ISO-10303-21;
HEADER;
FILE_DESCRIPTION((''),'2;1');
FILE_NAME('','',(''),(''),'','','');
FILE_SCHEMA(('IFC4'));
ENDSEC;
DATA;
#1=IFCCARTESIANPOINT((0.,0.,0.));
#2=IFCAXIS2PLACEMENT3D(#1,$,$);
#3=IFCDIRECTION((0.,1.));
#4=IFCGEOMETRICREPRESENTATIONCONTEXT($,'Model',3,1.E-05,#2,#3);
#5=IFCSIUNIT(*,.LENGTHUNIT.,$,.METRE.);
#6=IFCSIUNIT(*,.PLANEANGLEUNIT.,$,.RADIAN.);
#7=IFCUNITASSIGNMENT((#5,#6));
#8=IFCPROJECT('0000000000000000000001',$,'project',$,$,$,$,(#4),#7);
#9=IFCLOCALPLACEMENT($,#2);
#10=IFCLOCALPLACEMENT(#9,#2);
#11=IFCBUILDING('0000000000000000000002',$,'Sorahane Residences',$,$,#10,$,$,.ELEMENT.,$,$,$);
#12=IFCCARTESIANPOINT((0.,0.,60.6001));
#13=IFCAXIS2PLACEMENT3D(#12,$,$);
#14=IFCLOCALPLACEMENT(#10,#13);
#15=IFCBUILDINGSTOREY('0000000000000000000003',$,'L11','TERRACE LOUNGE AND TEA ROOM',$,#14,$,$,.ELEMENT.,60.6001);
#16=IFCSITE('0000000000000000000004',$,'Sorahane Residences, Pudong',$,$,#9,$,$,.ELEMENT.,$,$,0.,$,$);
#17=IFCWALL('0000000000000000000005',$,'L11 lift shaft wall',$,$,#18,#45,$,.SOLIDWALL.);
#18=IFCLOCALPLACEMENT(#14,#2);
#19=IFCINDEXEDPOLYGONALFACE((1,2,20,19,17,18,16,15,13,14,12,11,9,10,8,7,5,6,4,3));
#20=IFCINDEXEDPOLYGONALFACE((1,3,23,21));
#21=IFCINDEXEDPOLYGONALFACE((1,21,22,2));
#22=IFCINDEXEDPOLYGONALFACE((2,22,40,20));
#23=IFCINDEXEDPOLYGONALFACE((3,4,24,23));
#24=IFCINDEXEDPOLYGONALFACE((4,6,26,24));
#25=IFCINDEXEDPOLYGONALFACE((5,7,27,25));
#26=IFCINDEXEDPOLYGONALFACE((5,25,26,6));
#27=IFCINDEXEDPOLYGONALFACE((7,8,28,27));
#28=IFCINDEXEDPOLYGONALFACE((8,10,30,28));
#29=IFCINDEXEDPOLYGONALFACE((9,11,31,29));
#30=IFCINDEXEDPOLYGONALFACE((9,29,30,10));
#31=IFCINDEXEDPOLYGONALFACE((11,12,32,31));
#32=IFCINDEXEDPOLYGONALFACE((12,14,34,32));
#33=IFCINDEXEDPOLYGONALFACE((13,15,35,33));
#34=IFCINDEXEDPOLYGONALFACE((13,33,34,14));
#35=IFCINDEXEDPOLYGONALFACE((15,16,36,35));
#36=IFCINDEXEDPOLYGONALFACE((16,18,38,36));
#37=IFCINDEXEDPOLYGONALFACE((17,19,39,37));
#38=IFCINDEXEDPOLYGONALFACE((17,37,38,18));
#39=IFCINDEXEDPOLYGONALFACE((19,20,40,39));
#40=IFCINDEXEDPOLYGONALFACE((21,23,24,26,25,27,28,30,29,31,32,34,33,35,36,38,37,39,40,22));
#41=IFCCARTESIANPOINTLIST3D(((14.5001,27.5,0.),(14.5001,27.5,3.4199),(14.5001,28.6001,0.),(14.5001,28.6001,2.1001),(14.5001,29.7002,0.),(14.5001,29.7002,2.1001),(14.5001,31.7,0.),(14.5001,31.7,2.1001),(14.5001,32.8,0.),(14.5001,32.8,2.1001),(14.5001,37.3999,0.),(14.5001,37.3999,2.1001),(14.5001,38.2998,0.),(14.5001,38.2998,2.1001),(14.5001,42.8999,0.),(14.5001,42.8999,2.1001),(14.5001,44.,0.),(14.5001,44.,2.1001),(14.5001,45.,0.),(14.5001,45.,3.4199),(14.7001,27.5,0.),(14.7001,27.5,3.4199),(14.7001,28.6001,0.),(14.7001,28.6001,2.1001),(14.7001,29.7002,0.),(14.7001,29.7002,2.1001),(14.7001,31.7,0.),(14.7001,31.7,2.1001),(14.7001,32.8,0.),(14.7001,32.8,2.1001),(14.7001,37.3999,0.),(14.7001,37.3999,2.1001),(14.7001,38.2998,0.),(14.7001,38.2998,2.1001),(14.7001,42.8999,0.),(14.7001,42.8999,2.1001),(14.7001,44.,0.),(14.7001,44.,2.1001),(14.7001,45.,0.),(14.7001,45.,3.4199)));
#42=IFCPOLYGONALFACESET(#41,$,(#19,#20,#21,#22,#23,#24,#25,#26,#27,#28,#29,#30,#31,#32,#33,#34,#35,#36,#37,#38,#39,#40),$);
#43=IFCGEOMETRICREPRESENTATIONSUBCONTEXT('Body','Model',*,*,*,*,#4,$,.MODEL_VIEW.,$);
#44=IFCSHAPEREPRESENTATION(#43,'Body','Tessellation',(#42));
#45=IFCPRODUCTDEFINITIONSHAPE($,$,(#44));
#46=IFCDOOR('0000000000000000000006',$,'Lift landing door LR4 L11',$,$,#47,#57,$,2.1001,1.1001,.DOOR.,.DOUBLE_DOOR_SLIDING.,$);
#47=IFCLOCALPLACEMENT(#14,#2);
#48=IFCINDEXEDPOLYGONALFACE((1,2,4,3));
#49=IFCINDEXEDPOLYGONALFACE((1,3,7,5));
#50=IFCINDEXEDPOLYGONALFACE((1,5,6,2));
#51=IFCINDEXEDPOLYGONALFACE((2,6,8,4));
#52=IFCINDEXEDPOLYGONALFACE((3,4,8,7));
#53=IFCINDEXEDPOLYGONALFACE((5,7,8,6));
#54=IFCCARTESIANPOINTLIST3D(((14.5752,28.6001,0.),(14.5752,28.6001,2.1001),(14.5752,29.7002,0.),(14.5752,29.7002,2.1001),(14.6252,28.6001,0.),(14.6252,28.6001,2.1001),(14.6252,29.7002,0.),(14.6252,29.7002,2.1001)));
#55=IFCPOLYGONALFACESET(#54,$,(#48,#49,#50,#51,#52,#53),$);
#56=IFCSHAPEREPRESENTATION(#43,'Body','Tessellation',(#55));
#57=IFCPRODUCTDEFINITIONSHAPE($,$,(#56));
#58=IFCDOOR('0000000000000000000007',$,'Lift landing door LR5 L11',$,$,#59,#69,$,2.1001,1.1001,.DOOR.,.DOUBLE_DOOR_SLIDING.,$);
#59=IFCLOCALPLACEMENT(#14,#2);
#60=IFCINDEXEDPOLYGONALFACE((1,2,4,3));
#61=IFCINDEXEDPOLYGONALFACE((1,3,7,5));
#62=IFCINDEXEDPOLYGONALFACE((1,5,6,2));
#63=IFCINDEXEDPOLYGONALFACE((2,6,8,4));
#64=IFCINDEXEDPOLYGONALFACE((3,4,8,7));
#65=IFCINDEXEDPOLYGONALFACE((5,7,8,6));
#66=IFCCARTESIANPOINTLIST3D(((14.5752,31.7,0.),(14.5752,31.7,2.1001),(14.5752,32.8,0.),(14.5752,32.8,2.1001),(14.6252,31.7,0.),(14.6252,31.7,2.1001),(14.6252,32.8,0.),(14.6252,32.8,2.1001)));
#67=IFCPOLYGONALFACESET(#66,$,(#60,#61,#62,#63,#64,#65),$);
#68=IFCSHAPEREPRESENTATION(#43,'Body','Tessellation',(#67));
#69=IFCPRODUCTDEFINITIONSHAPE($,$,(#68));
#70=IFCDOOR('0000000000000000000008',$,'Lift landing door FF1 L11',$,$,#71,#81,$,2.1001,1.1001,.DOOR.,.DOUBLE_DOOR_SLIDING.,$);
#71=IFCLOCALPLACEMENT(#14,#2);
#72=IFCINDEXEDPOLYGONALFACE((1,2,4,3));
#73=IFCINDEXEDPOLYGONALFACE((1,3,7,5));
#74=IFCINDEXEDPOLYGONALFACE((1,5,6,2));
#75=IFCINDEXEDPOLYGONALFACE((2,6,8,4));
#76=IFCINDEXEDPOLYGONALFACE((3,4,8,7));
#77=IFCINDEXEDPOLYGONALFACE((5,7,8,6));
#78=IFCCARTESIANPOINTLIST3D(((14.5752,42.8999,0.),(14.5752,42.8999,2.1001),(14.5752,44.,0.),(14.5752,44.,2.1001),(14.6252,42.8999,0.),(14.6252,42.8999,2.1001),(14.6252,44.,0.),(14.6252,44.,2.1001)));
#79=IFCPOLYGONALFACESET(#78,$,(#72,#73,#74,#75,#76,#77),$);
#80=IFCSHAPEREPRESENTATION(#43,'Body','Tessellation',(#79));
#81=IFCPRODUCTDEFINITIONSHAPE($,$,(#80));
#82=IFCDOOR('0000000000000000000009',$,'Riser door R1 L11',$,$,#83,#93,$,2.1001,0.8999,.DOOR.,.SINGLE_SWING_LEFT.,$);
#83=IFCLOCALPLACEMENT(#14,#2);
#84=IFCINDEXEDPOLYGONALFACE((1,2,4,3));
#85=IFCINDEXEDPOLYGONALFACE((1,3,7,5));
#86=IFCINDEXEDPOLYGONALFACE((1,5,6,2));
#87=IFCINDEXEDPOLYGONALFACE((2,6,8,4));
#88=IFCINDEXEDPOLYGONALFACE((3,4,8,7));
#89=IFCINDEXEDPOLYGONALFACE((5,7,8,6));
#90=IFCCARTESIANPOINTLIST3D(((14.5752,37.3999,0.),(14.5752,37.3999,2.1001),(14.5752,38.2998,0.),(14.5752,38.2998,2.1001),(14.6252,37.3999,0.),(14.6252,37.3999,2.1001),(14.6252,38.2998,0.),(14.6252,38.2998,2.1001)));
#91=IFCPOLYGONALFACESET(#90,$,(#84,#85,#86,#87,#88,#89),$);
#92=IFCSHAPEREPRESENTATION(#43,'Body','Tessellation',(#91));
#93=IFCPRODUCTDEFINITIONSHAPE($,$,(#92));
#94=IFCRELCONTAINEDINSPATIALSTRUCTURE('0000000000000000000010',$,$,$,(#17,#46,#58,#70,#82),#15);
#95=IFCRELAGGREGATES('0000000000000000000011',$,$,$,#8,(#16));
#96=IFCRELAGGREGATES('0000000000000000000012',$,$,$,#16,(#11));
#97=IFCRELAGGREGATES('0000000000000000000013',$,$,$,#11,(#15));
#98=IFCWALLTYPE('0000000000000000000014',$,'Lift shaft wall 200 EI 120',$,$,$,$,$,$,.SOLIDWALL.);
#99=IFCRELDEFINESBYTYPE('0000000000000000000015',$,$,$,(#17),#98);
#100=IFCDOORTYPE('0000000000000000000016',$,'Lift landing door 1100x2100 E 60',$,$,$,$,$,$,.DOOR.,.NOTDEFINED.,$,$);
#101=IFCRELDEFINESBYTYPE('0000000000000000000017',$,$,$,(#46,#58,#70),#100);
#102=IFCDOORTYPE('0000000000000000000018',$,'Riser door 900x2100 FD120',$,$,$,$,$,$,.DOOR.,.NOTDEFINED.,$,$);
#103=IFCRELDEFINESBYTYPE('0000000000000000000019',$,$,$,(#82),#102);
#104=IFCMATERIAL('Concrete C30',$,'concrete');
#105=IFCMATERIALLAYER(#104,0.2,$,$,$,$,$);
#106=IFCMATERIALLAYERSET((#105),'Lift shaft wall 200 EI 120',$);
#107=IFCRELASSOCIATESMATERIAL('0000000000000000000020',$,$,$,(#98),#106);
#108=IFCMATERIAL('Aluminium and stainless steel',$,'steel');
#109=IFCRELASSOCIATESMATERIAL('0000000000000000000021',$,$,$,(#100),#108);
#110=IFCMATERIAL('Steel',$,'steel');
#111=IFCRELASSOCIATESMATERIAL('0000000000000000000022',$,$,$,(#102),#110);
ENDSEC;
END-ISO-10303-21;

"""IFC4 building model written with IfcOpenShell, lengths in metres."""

from ifc_helpers import new_model, si_unit, direction, frame, frame_2d, origin, place, context, subcontext, project, spatial, rectangle, extrude, material, layer, layer_set, type_object, element, fill, save


model = new_model("IFC4")

# Units and contexts
model_context = context("Model", 3, precision=1e-05, world=origin(), true_north=direction((0.0, 1.0)))
body_context = subcontext(model_context, "Body", "Model", "MODEL_VIEW")
ifc_project = project(units=[si_unit("LENGTHUNIT", "METRE"), si_unit("PLANEANGLEUNIT", "RADIAN")], contexts=[model_context])

# Site, building, storey
site_placement = place(None, origin())
site = spatial("IfcSite", under=ifc_project, at=site_placement, Name="Sorahane Residences, Pudong", CompositionType="ELEMENT", RefElevation=0.0)
building_placement = place(site_placement, origin())
building = spatial("IfcBuilding", under=site, at=building_placement, Name="Sorahane Residences", CompositionType="ELEMENT")
storey_placement = place(building_placement, frame((0.0, 0.0, 60.6001)))
storey = spatial("IfcBuildingStorey", under=building, at=storey_placement, Name="L11", Description="TERRACE LOUNGE AND TEA ROOM", CompositionType="ELEMENT", Elevation=60.6001)

# Wall, openings, doors
ifc_material_1 = material(Name="Concrete C30", Category="concrete")
ifc_layer_1 = layer(ifc_material_1, 0.2)
ifc_layer_set_1 = layer_set([ifc_layer_1], Name="Lift shaft wall 200 EI 120")
wall_type_1 = type_object("IfcWallType", Name="Lift shaft wall 200 EI 120", PredefinedType="SOLIDWALL", material=ifc_layer_set_1)
wall_1_placement = place(storey_placement, frame((14.6001, 27.5, 0.0), z_axis=(0.0, 0.0, 1.0), x_axis=(0.0, 1.0, 0.0)))
wall_1 = element("IfcWall", 1, at=wall_1_placement, inside=storey, type_object=wall_type_1, Name="L11 lift shaft wall", PredefinedType="SOLIDWALL", context=body_context, shape_type="SweptSolid", body=[
    extrude(rectangle(XDim=17.5, YDim=0.2, at=frame_2d((8.75, 0.0))), origin(), (0.0, 0.0, 1.0), 3.4199),
])
opening_1_placement = place(wall_1_placement, frame((1.1001, 0.0, 0.0)))
opening_1 = element("IfcOpeningElement", 2, at=opening_1_placement, cuts=wall_1, PredefinedType="OPENING", context=body_context, shape_type="SweptSolid", body=[
    extrude(rectangle(XDim=1.1001, YDim=2.1001, at=frame_2d((0.55, 1.05))), frame((0.0, 0.1099, 0.0), z_axis=(0.0, -1.0, 0.0), x_axis=(1.0, 0.0, 0.0)), (0.0, 0.0, 1.0), 0.22),
])
opening_2_placement = place(wall_1_placement, frame((4.2, 0.0, 0.0)))
opening_2 = element("IfcOpeningElement", 3, at=opening_2_placement, cuts=wall_1, PredefinedType="OPENING", context=body_context, shape_type="SweptSolid", body=[
    extrude(rectangle(XDim=1.1001, YDim=2.1001, at=frame_2d((0.55, 1.05))), frame((0.0, 0.1099, 0.0), z_axis=(0.0, -1.0, 0.0), x_axis=(1.0, 0.0, 0.0)), (0.0, 0.0, 1.0), 0.22),
])
opening_3_placement = place(wall_1_placement, frame((15.3999, 0.0, 0.0)))
opening_3 = element("IfcOpeningElement", 4, at=opening_3_placement, cuts=wall_1, PredefinedType="OPENING", context=body_context, shape_type="SweptSolid", body=[
    extrude(rectangle(XDim=1.1001, YDim=2.1001, at=frame_2d((0.55, 1.05))), frame((0.0, 0.1099, 0.0), z_axis=(0.0, -1.0, 0.0), x_axis=(1.0, 0.0, 0.0)), (0.0, 0.0, 1.0), 0.22),
])
opening_4_placement = place(wall_1_placement, frame((9.8999, 0.0, 0.0)))
opening_4 = element("IfcOpeningElement", 5, at=opening_4_placement, cuts=wall_1, PredefinedType="OPENING", context=body_context, shape_type="SweptSolid", body=[
    extrude(rectangle(XDim=0.8999, YDim=2.1001, at=frame_2d((0.45, 1.05))), frame((0.0, 0.1099, 0.0), z_axis=(0.0, -1.0, 0.0), x_axis=(1.0, 0.0, 0.0)), (0.0, 0.0, 1.0), 0.22),
])
ifc_material_2 = material(Name="Aluminium and stainless steel", Category="steel")
door_type_1 = type_object("IfcDoorType", Name="Lift landing door 1100x2100 E 60", OperationType="NOTDEFINED", PredefinedType="DOOR", material=ifc_material_2)
door_1_placement = place(opening_1_placement, origin())
door_1 = element("IfcDoor", 6, at=door_1_placement, inside=storey, type_object=door_type_1, Name="Lift landing door LR4 L11", OperationType="DOUBLE_DOOR_SLIDING", OverallHeight=2.1001, OverallWidth=1.1001, PredefinedType="DOOR", context=body_context, shape_type="SweptSolid", body=[
    extrude(rectangle(XDim=1.1001, YDim=2.1001, at=frame_2d((0.55, 1.05))), frame((0.0, 0.0249, 0.0), z_axis=(0.0, -1.0, 0.0), x_axis=(1.0, 0.0, 0.0)), (0.0, 0.0, 1.0), 0.05),
])
fill(opening_1, door_1)
door_2_placement = place(opening_2_placement, origin())
door_2 = element("IfcDoor", 7, at=door_2_placement, inside=storey, type_object=door_type_1, Name="Lift landing door LR5 L11", OperationType="DOUBLE_DOOR_SLIDING", OverallHeight=2.1001, OverallWidth=1.1001, PredefinedType="DOOR", context=body_context, shape_type="SweptSolid", body=[
    extrude(rectangle(XDim=1.1001, YDim=2.1001, at=frame_2d((0.55, 1.05))), frame((0.0, 0.0249, 0.0), z_axis=(0.0, -1.0, 0.0), x_axis=(1.0, 0.0, 0.0)), (0.0, 0.0, 1.0), 0.05),
])
fill(opening_2, door_2)
door_3_placement = place(opening_3_placement, origin())
door_3 = element("IfcDoor", 8, at=door_3_placement, inside=storey, type_object=door_type_1, Name="Lift landing door FF1 L11", OperationType="DOUBLE_DOOR_SLIDING", OverallHeight=2.1001, OverallWidth=1.1001, PredefinedType="DOOR", context=body_context, shape_type="SweptSolid", body=[
    extrude(rectangle(XDim=1.1001, YDim=2.1001, at=frame_2d((0.55, 1.05))), frame((0.0, 0.0249, 0.0), z_axis=(0.0, -1.0, 0.0), x_axis=(1.0, 0.0, 0.0)), (0.0, 0.0, 1.0), 0.05),
])
fill(opening_3, door_3)
ifc_material_3 = material(Name="Steel", Category="steel")
door_type_2 = type_object("IfcDoorType", Name="Riser door 900x2100 FD120", OperationType="NOTDEFINED", PredefinedType="DOOR", material=ifc_material_3)
door_4_placement = place(opening_4_placement, origin())
door_4 = element("IfcDoor", 9, at=door_4_placement, inside=storey, type_object=door_type_2, Name="Riser door R1 L11", OperationType="SINGLE_SWING_LEFT", OverallHeight=2.1001, OverallWidth=0.8999, PredefinedType="DOOR", context=body_context, shape_type="SweptSolid", body=[
    extrude(rectangle(XDim=0.8999, YDim=2.1001, at=frame_2d((0.45, 1.05))), frame((0.0, 0.0249, 0.0), z_axis=(0.0, -1.0, 0.0), x_axis=(1.0, 0.0, 0.0)), (0.0, 0.0, 1.0), 0.05),
])
fill(opening_4, door_4)

save(model, "model.ifc")
